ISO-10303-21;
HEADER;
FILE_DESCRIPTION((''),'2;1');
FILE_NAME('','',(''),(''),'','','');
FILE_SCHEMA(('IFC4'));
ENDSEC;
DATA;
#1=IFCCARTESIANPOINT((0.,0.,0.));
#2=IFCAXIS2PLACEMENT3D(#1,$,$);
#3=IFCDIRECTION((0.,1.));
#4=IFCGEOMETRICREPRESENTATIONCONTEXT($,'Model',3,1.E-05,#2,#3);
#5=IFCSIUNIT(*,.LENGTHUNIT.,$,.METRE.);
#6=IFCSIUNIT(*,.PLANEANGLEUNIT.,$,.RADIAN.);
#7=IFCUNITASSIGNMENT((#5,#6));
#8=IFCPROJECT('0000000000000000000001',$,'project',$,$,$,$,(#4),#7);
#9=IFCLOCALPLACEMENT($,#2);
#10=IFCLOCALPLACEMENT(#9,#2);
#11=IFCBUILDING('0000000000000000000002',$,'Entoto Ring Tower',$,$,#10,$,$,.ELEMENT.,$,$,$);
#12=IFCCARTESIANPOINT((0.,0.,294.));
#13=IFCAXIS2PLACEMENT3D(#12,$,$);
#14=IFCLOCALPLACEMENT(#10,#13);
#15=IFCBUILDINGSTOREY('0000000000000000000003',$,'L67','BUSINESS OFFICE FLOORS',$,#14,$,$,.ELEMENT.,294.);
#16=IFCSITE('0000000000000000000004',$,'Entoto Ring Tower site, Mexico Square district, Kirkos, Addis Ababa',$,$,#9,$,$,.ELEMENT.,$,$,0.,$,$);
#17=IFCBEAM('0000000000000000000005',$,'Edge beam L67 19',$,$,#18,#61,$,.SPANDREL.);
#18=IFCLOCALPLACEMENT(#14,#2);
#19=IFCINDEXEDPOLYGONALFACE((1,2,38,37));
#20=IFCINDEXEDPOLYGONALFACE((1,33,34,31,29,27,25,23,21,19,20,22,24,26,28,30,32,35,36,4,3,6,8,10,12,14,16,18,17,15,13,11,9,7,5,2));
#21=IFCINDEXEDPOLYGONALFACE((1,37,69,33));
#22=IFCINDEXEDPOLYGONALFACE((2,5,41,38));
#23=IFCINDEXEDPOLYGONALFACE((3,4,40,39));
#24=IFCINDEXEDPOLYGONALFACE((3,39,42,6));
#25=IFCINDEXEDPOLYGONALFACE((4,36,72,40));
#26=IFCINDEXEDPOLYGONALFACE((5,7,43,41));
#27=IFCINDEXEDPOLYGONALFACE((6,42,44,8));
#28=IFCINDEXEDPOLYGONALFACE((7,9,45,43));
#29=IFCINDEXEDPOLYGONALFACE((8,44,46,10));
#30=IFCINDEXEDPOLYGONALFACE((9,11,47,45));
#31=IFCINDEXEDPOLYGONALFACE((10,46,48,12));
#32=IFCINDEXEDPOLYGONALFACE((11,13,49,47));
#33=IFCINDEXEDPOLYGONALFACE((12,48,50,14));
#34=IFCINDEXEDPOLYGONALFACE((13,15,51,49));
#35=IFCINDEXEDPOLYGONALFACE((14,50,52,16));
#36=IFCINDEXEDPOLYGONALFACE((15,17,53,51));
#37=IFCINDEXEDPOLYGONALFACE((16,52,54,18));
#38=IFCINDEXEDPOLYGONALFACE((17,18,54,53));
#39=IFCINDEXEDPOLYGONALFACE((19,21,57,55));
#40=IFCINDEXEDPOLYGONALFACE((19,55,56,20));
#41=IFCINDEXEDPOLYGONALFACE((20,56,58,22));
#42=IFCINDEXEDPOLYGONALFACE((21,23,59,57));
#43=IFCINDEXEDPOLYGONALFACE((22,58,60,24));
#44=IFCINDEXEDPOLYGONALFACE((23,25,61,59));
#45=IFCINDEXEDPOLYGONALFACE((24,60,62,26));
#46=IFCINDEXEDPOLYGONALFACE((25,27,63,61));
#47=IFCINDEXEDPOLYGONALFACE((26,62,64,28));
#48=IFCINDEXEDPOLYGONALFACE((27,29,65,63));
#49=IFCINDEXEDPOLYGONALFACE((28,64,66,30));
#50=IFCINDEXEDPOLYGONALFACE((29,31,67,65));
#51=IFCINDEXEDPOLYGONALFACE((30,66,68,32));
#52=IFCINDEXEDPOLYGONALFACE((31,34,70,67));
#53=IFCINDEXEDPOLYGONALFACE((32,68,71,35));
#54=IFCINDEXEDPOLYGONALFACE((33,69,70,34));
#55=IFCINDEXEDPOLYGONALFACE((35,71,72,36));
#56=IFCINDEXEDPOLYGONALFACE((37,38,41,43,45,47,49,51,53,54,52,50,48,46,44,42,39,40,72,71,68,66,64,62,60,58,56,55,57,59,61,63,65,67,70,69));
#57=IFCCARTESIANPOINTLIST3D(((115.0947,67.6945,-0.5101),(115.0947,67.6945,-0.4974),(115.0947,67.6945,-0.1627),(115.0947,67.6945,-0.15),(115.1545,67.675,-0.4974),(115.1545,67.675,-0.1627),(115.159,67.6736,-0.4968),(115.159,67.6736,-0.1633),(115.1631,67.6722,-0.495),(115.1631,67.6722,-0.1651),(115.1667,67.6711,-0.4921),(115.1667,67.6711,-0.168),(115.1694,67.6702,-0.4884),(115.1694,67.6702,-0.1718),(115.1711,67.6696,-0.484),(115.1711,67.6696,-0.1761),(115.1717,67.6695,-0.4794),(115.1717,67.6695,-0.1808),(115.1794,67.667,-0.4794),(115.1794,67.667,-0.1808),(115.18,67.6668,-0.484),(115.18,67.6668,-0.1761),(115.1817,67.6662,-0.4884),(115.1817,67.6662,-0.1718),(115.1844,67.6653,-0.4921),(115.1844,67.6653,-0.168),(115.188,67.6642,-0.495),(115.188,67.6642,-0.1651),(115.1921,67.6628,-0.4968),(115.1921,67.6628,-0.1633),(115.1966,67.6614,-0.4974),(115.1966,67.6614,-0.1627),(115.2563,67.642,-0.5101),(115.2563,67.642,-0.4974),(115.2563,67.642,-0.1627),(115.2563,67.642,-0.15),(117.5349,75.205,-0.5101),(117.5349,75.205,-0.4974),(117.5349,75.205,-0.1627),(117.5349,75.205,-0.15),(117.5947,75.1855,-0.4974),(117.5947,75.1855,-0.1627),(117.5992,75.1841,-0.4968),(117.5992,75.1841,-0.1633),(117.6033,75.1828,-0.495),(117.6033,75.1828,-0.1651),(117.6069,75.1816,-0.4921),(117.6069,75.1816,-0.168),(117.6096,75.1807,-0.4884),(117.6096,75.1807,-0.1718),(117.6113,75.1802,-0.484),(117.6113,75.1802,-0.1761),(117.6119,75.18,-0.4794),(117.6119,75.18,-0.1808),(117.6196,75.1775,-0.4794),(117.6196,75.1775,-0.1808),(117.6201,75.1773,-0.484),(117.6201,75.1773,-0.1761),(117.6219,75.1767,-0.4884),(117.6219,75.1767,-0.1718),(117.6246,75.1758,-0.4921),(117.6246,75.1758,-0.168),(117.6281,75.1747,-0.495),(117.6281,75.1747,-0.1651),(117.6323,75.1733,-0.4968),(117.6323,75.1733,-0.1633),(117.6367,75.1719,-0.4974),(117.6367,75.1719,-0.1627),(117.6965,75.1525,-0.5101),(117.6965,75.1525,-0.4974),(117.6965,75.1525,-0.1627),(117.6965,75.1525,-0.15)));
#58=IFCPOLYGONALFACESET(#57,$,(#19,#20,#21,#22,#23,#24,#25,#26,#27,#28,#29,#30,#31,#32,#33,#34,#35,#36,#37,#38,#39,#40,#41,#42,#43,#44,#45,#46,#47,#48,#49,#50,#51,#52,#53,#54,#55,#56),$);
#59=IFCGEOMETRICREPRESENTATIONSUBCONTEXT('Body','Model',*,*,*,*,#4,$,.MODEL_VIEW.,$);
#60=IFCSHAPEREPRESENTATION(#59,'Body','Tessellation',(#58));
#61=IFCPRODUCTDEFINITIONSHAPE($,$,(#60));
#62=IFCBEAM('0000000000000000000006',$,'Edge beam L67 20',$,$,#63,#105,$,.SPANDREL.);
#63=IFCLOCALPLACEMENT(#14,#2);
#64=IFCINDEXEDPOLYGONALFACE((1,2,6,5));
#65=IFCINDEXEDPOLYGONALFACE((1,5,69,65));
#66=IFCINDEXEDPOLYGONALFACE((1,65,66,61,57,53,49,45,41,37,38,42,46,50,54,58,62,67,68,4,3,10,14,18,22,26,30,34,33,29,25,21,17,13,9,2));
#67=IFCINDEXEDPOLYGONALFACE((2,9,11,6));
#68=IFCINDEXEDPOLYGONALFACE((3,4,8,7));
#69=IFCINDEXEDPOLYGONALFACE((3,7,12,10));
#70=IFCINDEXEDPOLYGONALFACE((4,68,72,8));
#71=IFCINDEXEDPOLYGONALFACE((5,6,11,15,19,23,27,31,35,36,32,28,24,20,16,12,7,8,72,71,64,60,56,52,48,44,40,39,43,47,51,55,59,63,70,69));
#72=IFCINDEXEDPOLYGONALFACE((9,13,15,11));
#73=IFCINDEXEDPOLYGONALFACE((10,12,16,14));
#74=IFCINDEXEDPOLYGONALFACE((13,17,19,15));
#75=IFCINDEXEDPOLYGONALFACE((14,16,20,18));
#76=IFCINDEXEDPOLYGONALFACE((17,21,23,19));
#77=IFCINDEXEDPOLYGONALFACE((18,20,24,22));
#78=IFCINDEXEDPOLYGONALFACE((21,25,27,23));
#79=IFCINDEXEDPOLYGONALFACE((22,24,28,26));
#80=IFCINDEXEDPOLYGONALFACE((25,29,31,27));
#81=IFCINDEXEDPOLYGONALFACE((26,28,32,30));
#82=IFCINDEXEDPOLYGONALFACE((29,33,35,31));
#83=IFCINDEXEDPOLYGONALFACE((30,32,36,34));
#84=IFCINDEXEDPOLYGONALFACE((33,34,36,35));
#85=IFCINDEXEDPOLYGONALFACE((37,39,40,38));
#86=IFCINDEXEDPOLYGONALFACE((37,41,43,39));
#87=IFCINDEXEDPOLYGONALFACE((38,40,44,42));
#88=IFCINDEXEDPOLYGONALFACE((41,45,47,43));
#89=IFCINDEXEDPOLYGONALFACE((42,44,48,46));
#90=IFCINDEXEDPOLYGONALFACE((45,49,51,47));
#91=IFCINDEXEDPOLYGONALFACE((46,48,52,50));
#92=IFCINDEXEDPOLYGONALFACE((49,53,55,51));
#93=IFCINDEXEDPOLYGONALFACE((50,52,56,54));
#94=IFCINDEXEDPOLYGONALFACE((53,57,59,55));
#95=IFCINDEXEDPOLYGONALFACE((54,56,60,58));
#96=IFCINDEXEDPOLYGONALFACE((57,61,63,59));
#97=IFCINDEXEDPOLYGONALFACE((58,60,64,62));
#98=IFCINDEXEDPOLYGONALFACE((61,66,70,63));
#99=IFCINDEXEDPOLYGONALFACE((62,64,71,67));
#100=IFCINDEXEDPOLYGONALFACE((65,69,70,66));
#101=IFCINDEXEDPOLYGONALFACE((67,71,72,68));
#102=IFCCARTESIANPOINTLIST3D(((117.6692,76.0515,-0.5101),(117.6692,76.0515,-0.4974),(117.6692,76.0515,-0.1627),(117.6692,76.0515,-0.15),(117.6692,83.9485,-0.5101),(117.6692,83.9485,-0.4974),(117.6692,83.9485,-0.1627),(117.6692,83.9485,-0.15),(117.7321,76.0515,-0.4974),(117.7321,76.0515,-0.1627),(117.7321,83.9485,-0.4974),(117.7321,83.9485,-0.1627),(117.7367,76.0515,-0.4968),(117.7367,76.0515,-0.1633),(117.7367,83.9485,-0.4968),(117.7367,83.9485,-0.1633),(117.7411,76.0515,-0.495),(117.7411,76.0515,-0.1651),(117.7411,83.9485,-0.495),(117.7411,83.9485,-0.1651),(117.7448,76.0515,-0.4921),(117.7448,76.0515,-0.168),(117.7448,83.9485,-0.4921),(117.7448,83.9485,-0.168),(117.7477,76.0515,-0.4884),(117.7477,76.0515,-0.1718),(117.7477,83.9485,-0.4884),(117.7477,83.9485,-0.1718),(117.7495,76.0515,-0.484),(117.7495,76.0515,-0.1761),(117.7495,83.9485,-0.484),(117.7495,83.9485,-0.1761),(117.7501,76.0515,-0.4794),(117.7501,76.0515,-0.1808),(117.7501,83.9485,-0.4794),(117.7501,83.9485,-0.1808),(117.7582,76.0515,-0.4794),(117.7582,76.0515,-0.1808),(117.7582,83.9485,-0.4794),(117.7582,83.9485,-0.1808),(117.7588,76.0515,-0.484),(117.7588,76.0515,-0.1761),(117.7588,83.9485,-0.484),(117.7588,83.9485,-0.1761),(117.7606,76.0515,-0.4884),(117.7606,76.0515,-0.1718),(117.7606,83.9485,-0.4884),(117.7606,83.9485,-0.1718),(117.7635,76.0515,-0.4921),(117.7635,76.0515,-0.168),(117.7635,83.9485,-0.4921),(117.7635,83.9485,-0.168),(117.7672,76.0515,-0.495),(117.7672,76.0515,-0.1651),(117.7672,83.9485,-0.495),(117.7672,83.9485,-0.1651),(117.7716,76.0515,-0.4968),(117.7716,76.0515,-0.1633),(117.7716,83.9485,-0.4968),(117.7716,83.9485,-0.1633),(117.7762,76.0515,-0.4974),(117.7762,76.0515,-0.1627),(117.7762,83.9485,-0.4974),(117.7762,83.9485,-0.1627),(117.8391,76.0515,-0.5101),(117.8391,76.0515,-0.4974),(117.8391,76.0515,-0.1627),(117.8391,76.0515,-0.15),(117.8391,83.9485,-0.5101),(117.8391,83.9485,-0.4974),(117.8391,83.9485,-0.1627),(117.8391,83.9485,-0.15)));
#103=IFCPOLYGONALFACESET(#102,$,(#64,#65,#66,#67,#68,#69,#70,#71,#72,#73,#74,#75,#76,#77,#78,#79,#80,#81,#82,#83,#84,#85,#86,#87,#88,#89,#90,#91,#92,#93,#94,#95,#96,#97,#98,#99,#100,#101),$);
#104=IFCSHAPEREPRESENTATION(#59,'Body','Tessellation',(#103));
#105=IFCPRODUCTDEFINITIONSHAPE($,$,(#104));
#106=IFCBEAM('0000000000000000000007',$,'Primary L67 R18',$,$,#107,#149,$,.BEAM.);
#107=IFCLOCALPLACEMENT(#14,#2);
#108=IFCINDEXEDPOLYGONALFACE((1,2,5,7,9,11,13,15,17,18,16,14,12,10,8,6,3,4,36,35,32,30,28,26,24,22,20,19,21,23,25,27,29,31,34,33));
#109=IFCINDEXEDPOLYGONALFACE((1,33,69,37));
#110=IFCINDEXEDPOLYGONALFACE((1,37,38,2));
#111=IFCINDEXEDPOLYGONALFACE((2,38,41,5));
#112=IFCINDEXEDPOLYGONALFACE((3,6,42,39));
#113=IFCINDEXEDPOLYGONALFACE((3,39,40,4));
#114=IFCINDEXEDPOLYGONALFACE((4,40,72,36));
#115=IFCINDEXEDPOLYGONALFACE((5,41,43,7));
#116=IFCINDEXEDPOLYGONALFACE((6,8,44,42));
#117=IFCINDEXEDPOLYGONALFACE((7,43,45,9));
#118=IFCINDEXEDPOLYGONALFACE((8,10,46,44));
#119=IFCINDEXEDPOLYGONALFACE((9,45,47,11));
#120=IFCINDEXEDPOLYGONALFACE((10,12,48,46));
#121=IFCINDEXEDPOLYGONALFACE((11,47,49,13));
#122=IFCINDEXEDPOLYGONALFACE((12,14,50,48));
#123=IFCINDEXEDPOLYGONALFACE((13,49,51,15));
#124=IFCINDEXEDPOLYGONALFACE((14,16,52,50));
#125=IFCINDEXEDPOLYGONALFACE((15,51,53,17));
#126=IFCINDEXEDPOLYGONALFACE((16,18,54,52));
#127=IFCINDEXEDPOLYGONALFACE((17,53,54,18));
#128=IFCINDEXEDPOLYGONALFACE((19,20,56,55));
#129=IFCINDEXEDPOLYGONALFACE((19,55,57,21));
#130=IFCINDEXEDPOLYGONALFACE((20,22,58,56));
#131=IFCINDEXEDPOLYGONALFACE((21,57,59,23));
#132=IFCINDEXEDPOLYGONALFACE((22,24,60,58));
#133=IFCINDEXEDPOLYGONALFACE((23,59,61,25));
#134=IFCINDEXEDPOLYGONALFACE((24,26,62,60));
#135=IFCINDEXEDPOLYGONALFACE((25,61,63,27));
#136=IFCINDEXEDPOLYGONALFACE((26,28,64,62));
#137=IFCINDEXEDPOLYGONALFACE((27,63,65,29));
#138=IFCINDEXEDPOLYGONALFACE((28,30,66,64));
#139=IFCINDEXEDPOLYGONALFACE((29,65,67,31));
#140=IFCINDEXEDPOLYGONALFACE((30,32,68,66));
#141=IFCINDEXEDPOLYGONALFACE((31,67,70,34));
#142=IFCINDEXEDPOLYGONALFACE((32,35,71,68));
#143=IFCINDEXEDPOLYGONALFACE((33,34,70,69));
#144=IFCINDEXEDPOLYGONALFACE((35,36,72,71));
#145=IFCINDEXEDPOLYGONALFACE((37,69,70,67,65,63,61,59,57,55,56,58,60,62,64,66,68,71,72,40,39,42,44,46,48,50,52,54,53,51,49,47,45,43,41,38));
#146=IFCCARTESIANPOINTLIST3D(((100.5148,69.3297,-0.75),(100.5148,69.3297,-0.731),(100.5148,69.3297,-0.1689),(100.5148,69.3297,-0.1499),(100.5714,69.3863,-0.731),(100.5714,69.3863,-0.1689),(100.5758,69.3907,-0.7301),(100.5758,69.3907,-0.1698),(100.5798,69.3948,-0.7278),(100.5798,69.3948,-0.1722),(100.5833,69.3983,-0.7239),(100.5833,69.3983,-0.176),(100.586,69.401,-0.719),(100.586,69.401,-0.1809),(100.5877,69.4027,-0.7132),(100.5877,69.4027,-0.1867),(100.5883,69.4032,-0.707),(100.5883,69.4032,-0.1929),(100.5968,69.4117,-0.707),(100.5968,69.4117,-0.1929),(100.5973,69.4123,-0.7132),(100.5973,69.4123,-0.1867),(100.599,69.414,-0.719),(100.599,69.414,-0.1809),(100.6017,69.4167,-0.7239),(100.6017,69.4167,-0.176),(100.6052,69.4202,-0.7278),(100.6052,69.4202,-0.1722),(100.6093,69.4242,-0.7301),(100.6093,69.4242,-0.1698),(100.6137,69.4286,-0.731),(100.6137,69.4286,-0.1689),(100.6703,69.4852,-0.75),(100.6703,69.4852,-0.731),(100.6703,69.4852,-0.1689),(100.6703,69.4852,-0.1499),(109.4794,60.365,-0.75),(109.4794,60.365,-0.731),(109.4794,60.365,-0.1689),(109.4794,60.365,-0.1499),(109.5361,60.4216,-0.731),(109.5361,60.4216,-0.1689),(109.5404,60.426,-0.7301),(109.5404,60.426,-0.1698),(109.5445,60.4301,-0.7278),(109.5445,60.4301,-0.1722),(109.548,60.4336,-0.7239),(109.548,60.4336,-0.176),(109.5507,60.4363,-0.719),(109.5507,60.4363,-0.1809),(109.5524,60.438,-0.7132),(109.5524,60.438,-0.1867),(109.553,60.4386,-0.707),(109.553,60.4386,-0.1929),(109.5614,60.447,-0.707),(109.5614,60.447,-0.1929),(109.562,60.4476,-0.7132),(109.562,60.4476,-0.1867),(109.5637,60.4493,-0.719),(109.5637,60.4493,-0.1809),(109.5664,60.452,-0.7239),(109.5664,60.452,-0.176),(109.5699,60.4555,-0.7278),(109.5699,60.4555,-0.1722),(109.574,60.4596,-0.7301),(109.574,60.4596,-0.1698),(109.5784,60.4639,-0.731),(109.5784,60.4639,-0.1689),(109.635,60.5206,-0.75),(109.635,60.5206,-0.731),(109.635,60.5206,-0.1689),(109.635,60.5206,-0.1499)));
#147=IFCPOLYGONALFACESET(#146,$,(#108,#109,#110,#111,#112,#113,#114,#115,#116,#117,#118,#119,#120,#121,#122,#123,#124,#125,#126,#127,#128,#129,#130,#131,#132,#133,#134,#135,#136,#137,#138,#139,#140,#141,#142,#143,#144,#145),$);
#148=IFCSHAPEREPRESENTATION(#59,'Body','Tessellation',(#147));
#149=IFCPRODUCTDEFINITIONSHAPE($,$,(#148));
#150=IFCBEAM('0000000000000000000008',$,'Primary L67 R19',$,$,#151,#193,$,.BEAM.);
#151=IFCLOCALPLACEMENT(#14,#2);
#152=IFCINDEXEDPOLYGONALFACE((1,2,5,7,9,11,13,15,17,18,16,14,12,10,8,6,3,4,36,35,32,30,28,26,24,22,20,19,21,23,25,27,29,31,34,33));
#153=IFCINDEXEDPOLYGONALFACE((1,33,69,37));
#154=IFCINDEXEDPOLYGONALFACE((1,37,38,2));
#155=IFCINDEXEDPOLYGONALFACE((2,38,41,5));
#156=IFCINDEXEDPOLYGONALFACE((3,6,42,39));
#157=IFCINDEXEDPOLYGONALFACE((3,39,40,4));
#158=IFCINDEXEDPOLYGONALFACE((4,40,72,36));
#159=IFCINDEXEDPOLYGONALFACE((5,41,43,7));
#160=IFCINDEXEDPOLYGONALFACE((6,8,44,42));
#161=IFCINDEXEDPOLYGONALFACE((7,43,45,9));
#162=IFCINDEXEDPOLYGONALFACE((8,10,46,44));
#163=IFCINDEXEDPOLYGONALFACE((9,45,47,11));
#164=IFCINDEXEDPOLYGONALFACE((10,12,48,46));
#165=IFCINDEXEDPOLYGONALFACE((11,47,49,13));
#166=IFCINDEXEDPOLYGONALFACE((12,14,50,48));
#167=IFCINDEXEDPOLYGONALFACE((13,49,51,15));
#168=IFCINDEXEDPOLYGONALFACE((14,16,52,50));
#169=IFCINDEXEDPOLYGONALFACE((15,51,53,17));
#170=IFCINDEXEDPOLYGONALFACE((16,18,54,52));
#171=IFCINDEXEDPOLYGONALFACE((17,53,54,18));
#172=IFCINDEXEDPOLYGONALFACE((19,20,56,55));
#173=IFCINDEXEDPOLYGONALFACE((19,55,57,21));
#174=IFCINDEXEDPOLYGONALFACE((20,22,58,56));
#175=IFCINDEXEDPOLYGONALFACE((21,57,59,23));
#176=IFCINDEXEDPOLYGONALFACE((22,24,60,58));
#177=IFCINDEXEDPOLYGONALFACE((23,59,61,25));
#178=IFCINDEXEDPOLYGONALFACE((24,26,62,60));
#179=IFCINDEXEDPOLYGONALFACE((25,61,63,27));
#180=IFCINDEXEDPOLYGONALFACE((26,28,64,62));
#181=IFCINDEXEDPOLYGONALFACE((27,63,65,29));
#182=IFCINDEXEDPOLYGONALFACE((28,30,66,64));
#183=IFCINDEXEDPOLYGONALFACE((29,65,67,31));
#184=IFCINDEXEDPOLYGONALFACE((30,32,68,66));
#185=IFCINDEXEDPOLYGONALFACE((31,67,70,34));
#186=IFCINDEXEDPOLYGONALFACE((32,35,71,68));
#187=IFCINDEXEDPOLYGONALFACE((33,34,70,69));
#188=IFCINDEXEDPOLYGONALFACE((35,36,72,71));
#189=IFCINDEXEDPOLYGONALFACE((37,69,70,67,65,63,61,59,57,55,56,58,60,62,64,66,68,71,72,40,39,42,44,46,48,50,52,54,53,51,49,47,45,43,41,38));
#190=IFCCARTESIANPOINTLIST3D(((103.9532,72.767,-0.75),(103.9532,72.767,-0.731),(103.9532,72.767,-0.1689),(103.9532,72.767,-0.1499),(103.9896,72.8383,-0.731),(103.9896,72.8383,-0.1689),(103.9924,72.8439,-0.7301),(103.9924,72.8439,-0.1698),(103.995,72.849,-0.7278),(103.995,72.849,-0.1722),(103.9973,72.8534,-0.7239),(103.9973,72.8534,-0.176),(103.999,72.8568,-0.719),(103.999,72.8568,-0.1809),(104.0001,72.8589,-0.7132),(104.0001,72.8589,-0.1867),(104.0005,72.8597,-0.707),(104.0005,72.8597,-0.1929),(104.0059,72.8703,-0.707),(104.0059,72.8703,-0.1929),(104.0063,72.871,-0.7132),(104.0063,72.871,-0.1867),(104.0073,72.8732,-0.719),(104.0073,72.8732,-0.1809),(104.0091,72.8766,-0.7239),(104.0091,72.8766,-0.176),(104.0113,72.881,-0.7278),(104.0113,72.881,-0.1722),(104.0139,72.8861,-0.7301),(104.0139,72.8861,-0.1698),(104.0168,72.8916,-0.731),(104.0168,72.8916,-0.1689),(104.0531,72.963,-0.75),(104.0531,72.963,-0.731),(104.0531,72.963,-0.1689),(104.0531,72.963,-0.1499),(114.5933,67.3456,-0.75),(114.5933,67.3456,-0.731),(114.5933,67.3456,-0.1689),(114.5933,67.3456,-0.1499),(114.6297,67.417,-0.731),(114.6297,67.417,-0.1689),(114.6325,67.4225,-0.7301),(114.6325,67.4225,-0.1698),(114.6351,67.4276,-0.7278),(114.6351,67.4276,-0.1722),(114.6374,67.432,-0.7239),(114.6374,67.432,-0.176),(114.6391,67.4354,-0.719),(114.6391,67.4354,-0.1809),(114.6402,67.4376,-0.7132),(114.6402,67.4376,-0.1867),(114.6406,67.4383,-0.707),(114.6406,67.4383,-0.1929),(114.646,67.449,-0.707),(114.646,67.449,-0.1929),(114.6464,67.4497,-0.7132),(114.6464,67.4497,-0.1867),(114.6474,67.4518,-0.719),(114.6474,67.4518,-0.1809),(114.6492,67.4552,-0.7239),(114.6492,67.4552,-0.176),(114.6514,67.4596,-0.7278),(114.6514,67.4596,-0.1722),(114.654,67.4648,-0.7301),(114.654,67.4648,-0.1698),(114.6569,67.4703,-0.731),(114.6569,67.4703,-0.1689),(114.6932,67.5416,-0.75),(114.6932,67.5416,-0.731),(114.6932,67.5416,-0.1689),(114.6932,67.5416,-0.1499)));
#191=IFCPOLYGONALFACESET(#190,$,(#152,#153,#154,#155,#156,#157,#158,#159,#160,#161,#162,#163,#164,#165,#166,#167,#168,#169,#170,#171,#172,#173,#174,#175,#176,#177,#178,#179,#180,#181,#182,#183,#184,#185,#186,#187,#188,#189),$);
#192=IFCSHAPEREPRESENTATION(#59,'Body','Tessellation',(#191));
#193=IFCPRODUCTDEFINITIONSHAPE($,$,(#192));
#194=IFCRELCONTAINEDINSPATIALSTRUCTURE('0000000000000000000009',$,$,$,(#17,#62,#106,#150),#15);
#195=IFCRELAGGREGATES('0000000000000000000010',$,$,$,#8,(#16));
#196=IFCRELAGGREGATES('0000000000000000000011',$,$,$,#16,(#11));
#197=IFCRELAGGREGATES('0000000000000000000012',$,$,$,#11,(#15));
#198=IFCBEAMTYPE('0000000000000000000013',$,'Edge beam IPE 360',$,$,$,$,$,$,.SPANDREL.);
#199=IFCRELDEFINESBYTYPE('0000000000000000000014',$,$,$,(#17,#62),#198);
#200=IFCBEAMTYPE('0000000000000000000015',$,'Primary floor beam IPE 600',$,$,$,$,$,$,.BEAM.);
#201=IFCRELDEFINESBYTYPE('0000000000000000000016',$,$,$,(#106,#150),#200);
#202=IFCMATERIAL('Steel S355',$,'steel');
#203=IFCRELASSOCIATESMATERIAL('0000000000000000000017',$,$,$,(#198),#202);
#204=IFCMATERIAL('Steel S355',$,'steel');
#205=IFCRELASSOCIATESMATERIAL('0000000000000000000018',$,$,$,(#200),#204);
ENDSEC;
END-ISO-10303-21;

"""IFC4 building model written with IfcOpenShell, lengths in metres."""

from ifc_helpers import new_model, si_unit, direction, frame, origin, origin_2d, place, context, subcontext, project, spatial, i_section, extrude, material, material_profile, profile_set, type_object, element, save


model = new_model("IFC4")

# Units and contexts
model_context = context("Model", 3, precision=1e-05, world=origin(), true_north=direction((0.0, 1.0)))
body_context = subcontext(model_context, "Body", "Model", "MODEL_VIEW")
ifc_project = project(units=[si_unit("LENGTHUNIT", "METRE"), si_unit("PLANEANGLEUNIT", "RADIAN")], contexts=[model_context])

# Site, building, storey
site_placement = place(None, origin())
site = spatial("IfcSite", under=ifc_project, at=site_placement, Name="Entoto Ring Tower site, Mexico Square district, Kirkos, Addis Ababa", CompositionType="ELEMENT", RefElevation=0.0)
building_placement = place(site_placement, origin())
building = spatial("IfcBuilding", under=site, at=building_placement, Name="Entoto Ring Tower", CompositionType="ELEMENT")
storey_placement = place(building_placement, frame((0.0, 0.0, 294.0)))
storey = spatial("IfcBuildingStorey", under=building, at=storey_placement, Name="L67", Description="BUSINESS OFFICE FLOORS", CompositionType="ELEMENT", Elevation=294.0)

# Beams
ifc_material_1 = material(Name="Steel S355", Category="steel")
ifc_material_profile_1 = material_profile(ifc_material_1, i_section(OverallWidth=0.1699, OverallDepth=0.3601, WebThickness=0.0081, FlangeThickness=0.0127, FilletRadius=0.0181, at=origin_2d()), Name="IPE 360")
ifc_profile_set_1 = profile_set([ifc_material_profile_1], Name="Steel S355")
beam_type_1 = type_object("IfcBeamType", Name="Edge beam IPE 360", PredefinedType="SPANDREL", material=ifc_profile_set_1)
for number, where, z_axis, x_axis, name in (
    (1, (115.1755, 67.6682, -0.3301), (0.309003, 0.951061, 0.0), (-0.951061, 0.309003, 0.0), "Edge beam L67 19"),
    (2, (117.7542, 76.0515, -0.3301), (0.0, 1.0, 0.0), (-1.0, 0.0, 0.0), "Edge beam L67 20"),
):
    element("IfcBeam", number, at=place(storey_placement, frame(where, z_axis=z_axis, x_axis=x_axis)), inside=storey, type_object=beam_type_1, Name=name, PredefinedType="SPANDREL", context=body_context, shape_type="SweptSolid", body=[
        extrude(i_section(OverallWidth=0.1699, OverallDepth=0.3601, WebThickness=0.0081, FlangeThickness=0.0127, FilletRadius=0.0181, at=origin_2d()), origin(), (0.0, 0.0, 1.0), 7.897),
    ])
ifc_material_2 = material(Name="Steel S355", Category="steel")
ifc_material_profile_2 = material_profile(ifc_material_2, i_section(OverallWidth=0.22, OverallDepth=0.6001, WebThickness=0.012, FlangeThickness=0.019, FilletRadius=0.0239, at=origin_2d()), Name="IPE 600")
ifc_profile_set_2 = profile_set([ifc_material_profile_2], Name="Steel S355")
beam_type_2 = type_object("IfcBeamType", Name="Primary floor beam IPE 600", PredefinedType="BEAM", material=ifc_profile_set_2)
beam_1_placement = place(storey_placement, frame((100.5925, 69.4075, -0.45), z_axis=(0.707107, -0.707107, 0.0), x_axis=(0.707107, 0.707107, 0.0)))
element("IfcBeam", 3, at=beam_1_placement, inside=storey, type_object=beam_type_2, Name="Primary L67 R18", PredefinedType="BEAM", context=body_context, shape_type="SweptSolid", body=[
    extrude(i_section(OverallWidth=0.22, OverallDepth=0.6001, WebThickness=0.012, FlangeThickness=0.019, FilletRadius=0.0239, at=origin_2d()), origin(), (0.0, 0.0, 1.0), 12.678),
])
beam_2_placement = place(storey_placement, frame((104.0032, 72.865, -0.45), z_axis=(0.891008, -0.453988, 0.0), x_axis=(0.453988, 0.891008, 0.0)))
element("IfcBeam", 4, at=beam_2_placement, inside=storey, type_object=beam_type_2, Name="Primary L67 R19", PredefinedType="BEAM", context=body_context, shape_type="SweptSolid", body=[
    extrude(i_section(OverallWidth=0.22, OverallDepth=0.6001, WebThickness=0.012, FlangeThickness=0.019, FilletRadius=0.0239, at=origin_2d()), origin(), (0.0, 0.0, 1.0), 11.9417),
])

save(model, "model.ifc")
